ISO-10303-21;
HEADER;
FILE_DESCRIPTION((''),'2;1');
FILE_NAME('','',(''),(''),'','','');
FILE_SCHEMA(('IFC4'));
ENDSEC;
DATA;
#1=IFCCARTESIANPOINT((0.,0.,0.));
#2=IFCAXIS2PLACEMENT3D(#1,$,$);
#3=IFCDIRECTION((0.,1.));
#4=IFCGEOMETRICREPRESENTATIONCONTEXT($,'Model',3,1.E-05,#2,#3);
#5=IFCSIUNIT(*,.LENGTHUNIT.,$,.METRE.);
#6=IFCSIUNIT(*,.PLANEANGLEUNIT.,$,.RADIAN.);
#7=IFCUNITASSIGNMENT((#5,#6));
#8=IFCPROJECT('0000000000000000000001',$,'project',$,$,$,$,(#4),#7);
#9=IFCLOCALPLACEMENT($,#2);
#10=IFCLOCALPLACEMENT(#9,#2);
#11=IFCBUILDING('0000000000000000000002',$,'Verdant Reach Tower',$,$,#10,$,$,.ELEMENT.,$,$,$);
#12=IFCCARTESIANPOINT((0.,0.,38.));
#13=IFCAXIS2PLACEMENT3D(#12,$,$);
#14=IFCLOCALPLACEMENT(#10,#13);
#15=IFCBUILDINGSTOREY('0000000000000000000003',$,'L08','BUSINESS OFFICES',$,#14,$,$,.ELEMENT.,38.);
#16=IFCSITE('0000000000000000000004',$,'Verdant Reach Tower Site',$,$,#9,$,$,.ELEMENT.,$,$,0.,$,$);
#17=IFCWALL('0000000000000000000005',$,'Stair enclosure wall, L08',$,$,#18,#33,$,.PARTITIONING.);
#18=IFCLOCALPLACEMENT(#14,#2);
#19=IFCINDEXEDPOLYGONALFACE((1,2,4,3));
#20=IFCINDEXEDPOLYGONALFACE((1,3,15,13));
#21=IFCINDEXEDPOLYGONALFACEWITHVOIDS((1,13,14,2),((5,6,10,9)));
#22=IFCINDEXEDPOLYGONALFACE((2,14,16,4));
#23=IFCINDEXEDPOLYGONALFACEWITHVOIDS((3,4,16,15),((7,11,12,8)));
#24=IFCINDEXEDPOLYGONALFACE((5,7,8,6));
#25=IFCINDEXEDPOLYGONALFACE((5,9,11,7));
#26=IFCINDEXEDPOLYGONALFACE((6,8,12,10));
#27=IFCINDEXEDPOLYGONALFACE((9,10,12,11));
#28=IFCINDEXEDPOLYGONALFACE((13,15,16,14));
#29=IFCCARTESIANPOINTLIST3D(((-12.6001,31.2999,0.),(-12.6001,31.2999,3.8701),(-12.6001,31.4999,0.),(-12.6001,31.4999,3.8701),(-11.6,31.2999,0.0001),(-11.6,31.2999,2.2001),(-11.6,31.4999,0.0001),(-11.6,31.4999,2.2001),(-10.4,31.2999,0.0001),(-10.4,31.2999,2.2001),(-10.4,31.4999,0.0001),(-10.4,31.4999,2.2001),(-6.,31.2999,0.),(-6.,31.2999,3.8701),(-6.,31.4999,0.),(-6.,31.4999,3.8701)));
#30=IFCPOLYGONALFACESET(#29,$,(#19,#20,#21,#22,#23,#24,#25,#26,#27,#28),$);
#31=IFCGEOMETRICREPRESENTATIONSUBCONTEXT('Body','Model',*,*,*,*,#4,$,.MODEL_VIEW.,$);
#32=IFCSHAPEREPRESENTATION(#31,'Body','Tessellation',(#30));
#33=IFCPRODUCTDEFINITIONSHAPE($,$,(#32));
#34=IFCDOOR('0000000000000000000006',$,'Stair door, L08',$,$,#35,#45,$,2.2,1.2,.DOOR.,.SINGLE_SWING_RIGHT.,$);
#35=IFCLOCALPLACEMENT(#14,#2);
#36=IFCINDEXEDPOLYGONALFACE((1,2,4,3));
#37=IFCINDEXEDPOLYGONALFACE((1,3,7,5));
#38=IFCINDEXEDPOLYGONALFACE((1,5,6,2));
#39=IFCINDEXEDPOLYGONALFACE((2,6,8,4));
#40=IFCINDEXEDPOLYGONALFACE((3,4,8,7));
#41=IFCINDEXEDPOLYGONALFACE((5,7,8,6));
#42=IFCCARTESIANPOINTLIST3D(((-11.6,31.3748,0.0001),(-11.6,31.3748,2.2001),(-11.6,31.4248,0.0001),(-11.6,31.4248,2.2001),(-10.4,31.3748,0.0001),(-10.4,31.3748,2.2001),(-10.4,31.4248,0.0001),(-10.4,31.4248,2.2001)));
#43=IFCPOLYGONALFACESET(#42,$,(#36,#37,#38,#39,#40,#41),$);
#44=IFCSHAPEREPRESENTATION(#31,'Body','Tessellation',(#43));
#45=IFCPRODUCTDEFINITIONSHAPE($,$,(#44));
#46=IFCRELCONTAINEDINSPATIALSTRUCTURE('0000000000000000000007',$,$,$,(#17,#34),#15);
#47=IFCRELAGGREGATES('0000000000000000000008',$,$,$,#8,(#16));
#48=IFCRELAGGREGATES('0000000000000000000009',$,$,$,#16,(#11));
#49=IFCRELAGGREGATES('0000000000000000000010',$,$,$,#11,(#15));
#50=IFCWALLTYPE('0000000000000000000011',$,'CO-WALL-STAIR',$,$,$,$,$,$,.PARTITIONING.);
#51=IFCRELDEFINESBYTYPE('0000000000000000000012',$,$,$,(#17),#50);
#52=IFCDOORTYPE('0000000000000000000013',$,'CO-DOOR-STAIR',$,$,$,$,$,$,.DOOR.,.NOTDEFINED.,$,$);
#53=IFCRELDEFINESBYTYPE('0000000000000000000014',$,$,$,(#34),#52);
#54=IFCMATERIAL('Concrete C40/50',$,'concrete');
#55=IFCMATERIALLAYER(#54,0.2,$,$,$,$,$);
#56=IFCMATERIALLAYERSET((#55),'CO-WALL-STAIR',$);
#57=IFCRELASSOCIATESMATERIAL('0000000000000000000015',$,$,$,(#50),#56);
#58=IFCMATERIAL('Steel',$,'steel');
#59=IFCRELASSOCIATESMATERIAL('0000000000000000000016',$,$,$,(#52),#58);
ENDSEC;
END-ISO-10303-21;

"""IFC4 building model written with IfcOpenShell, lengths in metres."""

from ifc_helpers import new_model, si_unit, direction, frame, frame_2d, origin, place, context, subcontext, project, spatial, rectangle, extrude, material, layer, layer_set, type_object, element, fill, save


model = new_model("IFC4")

# Units and contexts
model_context = context("Model", 3, precision=1e-05, world=origin(), true_north=direction((0.0, 1.0)))
body_context = subcontext(model_context, "Body", "Model", "MODEL_VIEW")
ifc_project = project(units=[si_unit("LENGTHUNIT", "METRE"), si_unit("PLANEANGLEUNIT", "RADIAN")], contexts=[model_context])

# Site, building, storey
site_placement = place(None, origin())
site = spatial("IfcSite", under=ifc_project, at=site_placement, Name="Verdant Reach Tower Site", CompositionType="ELEMENT", RefElevation=0.0)
building_placement = place(site_placement, origin())
building = spatial("IfcBuilding", under=site, at=building_placement, Name="Verdant Reach Tower", CompositionType="ELEMENT")
storey_placement = place(building_placement, frame((0.0, 0.0, 38.0)))
storey = spatial("IfcBuildingStorey", under=building, at=storey_placement, Name="L08", Description="BUSINESS OFFICES", CompositionType="ELEMENT", Elevation=38.0)

# Shared definitions
ifc_material_1 = material(Name="Concrete C40/50", Category="concrete")

# Shared definitions
ifc_material_2 = material(Name="Steel", Category="steel")

# Wall, opening, door
ifc_layer_1 = layer(ifc_material_1, 0.2)
ifc_layer_set_1 = layer_set([ifc_layer_1], Name="CO-WALL-STAIR")
wall_type_1 = type_object("IfcWallType", Name="CO-WALL-STAIR", PredefinedType="PARTITIONING", material=ifc_layer_set_1)
wall_1_placement = place(storey_placement, frame((-12.6001, 31.3999, 0.0), z_axis=(0.0, 0.0, 1.0), x_axis=(1.0, 0.0, 0.0)))
wall_1 = element("IfcWall", 1, at=wall_1_placement, inside=storey, type_object=wall_type_1, Name="Stair enclosure wall, L08", PredefinedType="PARTITIONING", context=body_context, shape_type="SweptSolid", body=[
    extrude(rectangle(XDim=6.6001, YDim=0.2, at=frame_2d((3.3, 0.0))), origin(), (0.0, 0.0, 1.0), 3.8701),
])
opening_1_placement = place(wall_1_placement, frame((1.0, 0.0, 0.0)))
opening_1 = element("IfcOpeningElement", 2, at=opening_1_placement, cuts=wall_1, PredefinedType="OPENING", context=body_context, shape_type="SweptSolid", body=[
    extrude(rectangle(XDim=1.2, YDim=2.2, at=frame_2d((0.6001, 1.1001))), frame((0.0, 0.1099, 0.0), z_axis=(0.0, -1.0, 0.0), x_axis=(1.0, 0.0, 0.0)), (0.0, 0.0, 1.0), 0.22),
])
door_type_1 = type_object("IfcDoorType", Name="CO-DOOR-STAIR", OperationType="NOTDEFINED", PredefinedType="DOOR", material=ifc_material_2)
door_1_placement = place(opening_1_placement, origin())
door_1 = element("IfcDoor", 3, at=door_1_placement, inside=storey, type_object=door_type_1, Name="Stair door, L08", OperationType="SINGLE_SWING_RIGHT", OverallHeight=2.2, OverallWidth=1.2, PredefinedType="DOOR", context=body_context, shape_type="SweptSolid", body=[
    extrude(rectangle(XDim=1.2, YDim=2.2, at=frame_2d((0.6001, 1.1001))), frame((0.0, 0.0249, 0.0), z_axis=(0.0, -1.0, 0.0), x_axis=(1.0, 0.0, 0.0)), (0.0, 0.0, 1.0), 0.05),
])
fill(opening_1, door_1)

save(model, "model.ifc")
